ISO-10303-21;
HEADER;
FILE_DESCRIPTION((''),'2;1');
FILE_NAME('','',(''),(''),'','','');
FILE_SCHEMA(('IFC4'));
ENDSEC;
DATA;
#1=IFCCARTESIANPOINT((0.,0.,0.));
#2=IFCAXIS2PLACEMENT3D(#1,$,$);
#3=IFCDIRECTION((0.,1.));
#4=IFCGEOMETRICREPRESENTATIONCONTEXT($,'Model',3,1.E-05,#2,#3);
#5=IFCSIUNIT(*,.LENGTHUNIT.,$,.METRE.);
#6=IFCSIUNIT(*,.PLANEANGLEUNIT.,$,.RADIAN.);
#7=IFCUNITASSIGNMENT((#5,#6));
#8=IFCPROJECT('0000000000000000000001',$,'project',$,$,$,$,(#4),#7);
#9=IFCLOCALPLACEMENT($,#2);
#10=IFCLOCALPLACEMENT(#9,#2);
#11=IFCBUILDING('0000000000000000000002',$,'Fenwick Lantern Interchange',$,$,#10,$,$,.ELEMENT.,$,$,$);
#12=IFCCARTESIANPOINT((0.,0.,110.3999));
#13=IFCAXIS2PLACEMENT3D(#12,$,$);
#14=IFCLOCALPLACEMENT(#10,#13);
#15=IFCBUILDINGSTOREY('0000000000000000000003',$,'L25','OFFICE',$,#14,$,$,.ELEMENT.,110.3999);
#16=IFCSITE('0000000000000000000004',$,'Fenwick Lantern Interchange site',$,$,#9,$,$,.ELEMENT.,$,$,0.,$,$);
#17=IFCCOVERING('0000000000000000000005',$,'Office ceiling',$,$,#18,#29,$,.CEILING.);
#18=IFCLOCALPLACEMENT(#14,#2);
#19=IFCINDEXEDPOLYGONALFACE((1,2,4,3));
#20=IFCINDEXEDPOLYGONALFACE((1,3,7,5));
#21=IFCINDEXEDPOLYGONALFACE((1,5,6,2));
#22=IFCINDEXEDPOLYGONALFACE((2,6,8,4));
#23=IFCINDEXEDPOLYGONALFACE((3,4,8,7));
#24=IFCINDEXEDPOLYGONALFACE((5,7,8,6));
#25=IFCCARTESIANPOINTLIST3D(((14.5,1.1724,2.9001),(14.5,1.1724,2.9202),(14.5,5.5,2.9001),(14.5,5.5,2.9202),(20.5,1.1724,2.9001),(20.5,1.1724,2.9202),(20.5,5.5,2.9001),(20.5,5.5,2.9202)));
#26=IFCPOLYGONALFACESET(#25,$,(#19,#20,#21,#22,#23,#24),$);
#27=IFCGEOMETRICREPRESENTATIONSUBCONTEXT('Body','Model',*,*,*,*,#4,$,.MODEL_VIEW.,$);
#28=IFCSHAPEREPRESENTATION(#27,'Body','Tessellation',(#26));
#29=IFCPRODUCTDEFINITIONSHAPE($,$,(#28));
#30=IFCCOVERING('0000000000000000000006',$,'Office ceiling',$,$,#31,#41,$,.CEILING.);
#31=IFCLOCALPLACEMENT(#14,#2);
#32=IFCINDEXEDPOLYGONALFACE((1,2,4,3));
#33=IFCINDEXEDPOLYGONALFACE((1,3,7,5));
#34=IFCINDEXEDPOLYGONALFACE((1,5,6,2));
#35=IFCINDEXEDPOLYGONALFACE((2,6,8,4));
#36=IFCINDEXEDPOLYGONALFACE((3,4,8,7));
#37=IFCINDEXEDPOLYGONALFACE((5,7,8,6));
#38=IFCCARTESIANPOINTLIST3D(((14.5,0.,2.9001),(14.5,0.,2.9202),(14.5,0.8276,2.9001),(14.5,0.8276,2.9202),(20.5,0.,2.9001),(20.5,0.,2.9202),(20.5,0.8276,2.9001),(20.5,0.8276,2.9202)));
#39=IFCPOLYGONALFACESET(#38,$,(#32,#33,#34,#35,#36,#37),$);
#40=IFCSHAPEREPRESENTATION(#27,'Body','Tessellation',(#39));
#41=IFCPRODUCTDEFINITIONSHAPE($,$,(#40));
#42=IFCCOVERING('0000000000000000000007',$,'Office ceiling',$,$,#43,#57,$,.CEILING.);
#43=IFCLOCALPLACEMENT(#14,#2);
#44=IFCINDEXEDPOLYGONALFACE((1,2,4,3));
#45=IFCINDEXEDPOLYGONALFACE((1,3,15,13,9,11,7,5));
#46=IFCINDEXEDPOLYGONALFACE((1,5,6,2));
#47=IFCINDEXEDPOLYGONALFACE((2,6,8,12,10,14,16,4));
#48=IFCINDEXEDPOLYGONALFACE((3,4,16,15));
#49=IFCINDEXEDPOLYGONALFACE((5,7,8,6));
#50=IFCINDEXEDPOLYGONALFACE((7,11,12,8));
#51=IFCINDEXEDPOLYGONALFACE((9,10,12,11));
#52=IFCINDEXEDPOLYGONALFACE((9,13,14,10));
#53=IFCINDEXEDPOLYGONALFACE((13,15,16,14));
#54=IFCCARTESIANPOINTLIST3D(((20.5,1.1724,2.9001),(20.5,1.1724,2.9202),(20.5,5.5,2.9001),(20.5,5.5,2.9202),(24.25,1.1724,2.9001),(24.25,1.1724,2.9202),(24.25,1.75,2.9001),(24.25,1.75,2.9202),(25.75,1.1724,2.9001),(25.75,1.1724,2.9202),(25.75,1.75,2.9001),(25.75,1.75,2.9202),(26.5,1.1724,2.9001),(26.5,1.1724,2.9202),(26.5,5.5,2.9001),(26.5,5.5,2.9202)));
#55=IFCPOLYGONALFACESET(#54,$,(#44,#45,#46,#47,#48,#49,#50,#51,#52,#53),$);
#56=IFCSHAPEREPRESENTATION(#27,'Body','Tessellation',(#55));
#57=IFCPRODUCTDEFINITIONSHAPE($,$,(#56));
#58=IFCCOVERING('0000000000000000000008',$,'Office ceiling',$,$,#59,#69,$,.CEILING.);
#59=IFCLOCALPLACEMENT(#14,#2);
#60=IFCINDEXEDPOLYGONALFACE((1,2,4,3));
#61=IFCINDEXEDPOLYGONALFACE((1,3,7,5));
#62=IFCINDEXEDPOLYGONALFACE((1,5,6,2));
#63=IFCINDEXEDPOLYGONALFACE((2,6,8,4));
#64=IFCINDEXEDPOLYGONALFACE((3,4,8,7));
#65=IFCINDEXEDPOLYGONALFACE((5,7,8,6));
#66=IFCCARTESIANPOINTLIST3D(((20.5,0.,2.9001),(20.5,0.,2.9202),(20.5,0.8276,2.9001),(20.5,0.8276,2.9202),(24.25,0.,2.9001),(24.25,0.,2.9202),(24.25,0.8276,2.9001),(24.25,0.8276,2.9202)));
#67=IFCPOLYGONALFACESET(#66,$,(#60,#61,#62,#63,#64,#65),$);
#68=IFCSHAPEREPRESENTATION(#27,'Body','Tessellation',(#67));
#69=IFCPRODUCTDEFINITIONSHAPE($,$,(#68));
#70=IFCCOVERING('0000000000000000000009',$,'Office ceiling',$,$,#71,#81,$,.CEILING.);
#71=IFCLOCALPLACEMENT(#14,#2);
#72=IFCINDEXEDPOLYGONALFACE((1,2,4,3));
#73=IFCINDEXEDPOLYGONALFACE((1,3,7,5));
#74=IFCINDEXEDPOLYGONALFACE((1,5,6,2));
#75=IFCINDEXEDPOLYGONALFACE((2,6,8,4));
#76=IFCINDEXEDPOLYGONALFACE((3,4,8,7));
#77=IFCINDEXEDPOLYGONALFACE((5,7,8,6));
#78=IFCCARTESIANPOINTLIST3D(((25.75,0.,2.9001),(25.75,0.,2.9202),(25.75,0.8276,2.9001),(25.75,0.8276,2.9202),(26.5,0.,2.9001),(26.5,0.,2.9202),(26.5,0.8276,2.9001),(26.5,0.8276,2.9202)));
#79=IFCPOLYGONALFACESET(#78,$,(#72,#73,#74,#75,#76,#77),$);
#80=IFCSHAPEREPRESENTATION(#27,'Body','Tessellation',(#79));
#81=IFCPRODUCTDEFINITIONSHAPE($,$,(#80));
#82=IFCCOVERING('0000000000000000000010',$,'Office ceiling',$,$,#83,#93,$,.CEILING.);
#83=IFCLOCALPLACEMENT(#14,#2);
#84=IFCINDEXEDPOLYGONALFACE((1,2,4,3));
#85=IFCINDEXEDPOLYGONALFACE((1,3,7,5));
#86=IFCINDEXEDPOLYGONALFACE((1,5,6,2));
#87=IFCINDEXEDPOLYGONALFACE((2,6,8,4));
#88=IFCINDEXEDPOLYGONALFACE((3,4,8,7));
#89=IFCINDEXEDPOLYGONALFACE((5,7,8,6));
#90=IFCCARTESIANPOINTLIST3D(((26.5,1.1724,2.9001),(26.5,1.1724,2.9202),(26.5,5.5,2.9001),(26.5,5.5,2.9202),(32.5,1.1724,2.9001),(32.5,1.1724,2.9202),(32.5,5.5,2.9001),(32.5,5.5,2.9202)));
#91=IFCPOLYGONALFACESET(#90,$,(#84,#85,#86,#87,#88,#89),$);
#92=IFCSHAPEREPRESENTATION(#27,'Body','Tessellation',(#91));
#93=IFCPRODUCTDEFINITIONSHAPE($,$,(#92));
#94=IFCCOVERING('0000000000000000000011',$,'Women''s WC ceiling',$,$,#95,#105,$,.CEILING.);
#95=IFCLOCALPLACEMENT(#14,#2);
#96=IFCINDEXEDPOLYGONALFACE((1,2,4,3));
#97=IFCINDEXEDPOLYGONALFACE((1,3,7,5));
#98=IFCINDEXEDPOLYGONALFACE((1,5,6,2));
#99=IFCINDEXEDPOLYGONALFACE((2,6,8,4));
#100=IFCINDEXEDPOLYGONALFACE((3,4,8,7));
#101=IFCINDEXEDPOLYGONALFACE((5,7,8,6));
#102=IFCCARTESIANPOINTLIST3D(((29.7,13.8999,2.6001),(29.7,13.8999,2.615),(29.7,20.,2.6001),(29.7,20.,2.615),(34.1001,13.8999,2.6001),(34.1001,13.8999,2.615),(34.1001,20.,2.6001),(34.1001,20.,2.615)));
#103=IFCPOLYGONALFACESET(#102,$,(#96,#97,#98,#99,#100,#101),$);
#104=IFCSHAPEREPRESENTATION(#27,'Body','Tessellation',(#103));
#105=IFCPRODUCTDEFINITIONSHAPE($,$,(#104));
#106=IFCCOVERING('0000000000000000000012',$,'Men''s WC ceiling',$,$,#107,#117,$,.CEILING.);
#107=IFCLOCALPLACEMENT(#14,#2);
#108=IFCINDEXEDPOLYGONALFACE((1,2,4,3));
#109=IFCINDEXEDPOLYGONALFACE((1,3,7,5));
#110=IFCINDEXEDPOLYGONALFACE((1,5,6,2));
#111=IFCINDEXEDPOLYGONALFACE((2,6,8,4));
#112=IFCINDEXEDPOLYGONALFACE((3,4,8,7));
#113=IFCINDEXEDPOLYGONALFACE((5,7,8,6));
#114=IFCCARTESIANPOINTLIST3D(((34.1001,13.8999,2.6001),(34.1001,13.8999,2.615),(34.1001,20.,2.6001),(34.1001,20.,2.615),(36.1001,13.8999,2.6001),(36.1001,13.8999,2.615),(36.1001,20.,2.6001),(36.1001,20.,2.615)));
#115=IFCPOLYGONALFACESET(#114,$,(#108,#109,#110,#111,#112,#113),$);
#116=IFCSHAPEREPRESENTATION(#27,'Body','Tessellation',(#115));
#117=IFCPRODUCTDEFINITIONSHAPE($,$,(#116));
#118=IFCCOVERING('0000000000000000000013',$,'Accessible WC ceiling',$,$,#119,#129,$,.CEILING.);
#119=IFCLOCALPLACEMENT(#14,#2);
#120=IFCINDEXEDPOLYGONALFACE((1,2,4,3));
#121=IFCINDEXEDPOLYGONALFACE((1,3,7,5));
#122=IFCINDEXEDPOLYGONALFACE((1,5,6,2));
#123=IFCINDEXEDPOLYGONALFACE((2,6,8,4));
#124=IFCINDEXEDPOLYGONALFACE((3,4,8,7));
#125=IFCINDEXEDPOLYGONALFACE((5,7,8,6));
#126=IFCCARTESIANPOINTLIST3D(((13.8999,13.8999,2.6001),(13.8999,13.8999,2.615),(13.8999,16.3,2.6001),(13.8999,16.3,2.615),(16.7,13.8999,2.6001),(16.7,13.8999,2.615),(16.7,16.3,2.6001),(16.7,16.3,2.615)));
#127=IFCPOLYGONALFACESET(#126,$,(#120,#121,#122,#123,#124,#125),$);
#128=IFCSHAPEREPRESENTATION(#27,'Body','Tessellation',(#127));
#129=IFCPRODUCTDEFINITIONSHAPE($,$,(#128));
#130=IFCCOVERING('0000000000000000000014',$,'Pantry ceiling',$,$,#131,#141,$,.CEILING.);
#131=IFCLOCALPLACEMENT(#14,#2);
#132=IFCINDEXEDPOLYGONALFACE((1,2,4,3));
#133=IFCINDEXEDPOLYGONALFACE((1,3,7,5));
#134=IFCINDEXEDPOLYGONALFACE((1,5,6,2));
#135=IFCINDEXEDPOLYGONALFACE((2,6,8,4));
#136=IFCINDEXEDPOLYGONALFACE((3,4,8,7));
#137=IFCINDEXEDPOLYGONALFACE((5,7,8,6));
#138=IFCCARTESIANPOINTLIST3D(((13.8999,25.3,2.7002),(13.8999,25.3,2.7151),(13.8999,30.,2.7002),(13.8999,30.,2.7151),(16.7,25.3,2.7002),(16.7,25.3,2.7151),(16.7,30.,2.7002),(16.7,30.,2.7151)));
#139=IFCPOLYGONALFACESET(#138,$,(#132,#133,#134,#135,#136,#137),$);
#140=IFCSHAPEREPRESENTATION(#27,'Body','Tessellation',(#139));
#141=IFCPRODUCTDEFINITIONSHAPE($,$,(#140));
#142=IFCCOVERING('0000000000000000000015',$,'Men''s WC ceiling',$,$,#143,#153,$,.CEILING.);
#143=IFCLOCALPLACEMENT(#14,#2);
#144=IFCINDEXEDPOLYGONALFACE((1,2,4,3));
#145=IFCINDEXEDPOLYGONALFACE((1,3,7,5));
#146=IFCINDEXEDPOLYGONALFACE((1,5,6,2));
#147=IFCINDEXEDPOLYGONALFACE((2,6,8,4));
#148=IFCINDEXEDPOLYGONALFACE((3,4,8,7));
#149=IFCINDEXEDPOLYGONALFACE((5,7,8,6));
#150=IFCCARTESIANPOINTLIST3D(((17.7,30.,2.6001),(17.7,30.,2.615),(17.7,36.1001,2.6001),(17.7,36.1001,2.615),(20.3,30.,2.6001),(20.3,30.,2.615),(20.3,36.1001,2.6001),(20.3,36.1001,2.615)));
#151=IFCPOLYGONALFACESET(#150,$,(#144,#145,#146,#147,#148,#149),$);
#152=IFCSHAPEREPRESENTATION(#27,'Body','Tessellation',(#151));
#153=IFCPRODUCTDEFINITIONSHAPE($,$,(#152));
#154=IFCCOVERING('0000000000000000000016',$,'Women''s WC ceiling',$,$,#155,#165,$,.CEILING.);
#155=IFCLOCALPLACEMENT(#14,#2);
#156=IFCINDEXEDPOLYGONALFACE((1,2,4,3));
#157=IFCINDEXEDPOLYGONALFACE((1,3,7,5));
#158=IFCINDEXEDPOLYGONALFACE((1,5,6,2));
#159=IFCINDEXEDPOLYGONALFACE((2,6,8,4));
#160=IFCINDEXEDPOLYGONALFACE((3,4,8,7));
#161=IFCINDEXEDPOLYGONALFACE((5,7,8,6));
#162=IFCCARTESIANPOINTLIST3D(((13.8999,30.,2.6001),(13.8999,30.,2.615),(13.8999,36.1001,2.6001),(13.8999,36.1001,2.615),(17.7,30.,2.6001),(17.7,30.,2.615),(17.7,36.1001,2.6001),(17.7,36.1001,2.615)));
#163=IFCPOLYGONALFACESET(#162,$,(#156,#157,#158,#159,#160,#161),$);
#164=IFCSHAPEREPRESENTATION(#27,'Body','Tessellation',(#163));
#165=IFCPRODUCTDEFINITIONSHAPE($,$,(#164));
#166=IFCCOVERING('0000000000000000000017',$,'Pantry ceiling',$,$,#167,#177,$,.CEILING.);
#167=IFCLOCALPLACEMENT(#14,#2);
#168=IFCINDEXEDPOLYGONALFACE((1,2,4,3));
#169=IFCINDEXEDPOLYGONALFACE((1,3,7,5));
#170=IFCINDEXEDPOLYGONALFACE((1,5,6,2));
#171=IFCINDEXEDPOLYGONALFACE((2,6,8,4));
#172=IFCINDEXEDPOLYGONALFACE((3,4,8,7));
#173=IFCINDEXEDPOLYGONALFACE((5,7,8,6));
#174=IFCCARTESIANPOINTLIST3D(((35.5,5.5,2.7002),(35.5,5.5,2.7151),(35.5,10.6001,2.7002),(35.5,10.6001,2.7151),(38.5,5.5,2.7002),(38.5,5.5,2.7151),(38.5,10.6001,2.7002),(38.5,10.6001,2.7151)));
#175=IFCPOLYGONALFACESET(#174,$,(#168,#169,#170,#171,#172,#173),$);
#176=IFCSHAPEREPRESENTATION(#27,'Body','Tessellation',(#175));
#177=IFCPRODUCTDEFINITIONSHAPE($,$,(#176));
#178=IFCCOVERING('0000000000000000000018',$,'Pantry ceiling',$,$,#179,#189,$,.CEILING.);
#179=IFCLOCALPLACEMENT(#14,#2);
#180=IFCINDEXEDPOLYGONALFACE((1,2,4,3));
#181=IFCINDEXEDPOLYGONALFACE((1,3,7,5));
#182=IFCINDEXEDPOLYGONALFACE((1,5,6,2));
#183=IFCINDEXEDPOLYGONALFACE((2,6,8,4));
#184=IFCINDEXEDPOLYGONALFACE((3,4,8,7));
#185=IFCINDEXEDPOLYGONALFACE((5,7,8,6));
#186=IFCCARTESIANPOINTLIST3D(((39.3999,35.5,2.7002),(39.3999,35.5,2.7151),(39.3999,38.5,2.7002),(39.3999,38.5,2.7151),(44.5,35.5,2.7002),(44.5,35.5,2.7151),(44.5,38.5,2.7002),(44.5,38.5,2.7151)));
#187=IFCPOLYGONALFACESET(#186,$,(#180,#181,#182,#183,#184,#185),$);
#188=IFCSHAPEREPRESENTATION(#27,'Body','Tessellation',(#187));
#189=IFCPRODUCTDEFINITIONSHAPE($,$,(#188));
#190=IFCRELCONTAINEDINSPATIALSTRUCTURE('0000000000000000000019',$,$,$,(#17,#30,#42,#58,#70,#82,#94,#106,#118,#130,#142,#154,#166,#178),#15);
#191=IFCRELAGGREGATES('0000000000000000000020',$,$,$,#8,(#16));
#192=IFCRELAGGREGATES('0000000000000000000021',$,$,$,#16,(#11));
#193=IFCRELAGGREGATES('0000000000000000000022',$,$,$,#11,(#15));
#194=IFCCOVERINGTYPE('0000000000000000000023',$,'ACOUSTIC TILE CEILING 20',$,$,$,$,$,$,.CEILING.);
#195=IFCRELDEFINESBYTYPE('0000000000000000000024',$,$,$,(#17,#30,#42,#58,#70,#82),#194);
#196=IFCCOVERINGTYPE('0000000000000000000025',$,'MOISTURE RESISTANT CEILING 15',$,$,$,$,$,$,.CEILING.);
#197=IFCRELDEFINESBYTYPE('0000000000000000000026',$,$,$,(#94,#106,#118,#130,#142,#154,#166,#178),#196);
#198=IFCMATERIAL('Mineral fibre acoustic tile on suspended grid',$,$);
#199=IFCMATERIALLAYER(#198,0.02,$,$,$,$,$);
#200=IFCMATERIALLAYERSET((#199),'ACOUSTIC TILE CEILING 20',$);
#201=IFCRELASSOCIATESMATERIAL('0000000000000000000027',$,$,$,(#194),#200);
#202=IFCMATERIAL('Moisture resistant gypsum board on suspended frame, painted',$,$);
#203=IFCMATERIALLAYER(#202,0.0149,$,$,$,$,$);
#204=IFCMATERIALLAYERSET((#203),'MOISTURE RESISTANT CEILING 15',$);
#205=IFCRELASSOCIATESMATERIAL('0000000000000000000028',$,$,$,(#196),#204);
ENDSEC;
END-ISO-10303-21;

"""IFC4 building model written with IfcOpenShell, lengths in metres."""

from ifc_helpers import new_model, si_unit, direction, frame, origin, place, context, subcontext, project, spatial, polyline, outline, extrude, material, layer, layer_set, type_object, element, save


model = new_model("IFC4")

# Units and contexts
model_context = context("Model", 3, precision=1e-05, world=origin(), true_north=direction((0.0, 1.0)))
body_context = subcontext(model_context, "Body", "Model", "MODEL_VIEW")
ifc_project = project(units=[si_unit("LENGTHUNIT", "METRE"), si_unit("PLANEANGLEUNIT", "RADIAN")], contexts=[model_context])

# Site, building, storey
site_placement = place(None, origin())
site = spatial("IfcSite", under=ifc_project, at=site_placement, Name="Fenwick Lantern Interchange site", CompositionType="ELEMENT", RefElevation=0.0)
building_placement = place(site_placement, origin())
building = spatial("IfcBuilding", under=site, at=building_placement, Name="Fenwick Lantern Interchange", CompositionType="ELEMENT")
storey_placement = place(building_placement, frame((0.0, 0.0, 110.3999)))
storey = spatial("IfcBuildingStorey", under=building, at=storey_placement, Name="L25", Description="OFFICE", CompositionType="ELEMENT", Elevation=110.3999)

# Coverings
ifc_material_1 = material(Name="Mineral fibre acoustic tile on suspended grid")
ifc_layer_1 = layer(ifc_material_1, 0.02)
ifc_layer_set_1 = layer_set([ifc_layer_1], Name="ACOUSTIC TILE CEILING 20")
covering_type_1 = type_object("IfcCoveringType", Name="ACOUSTIC TILE CEILING 20", PredefinedType="CEILING", material=ifc_layer_set_1)
covering_1_placement = place(storey_placement, frame((0.0, 0.0, 2.9001)))
element("IfcCovering", 1, at=covering_1_placement, inside=storey, type_object=covering_type_1, Name="Office ceiling", PredefinedType="CEILING", context=body_context, shape_type="SweptSolid", body=[
    extrude(outline(polyline([(14.5, 5.5), (14.5, 1.1724), (20.5, 1.1724), (20.5, 5.5), (14.5, 5.5)])), origin(), (0.0, 0.0, 1.0), 0.02),
])
covering_2_placement = place(storey_placement, frame((0.0, 0.0, 2.9001)))
element("IfcCovering", 2, at=covering_2_placement, inside=storey, type_object=covering_type_1, Name="Office ceiling", PredefinedType="CEILING", context=body_context, shape_type="SweptSolid", body=[
    extrude(outline(polyline([(20.5, 0.0), (20.5, 0.8276), (14.5, 0.8276), (14.5, 0.0), (20.5, 0.0)])), origin(), (0.0, 0.0, 1.0), 0.02),
])
covering_3_placement = place(storey_placement, frame((0.0, 0.0, 2.9001)))
element("IfcCovering", 3, at=covering_3_placement, inside=storey, type_object=covering_type_1, Name="Office ceiling", PredefinedType="CEILING", context=body_context, shape_type="SweptSolid", body=[
    extrude(outline(polyline([(20.5, 5.5), (20.5, 1.1724), (24.25, 1.1724), (24.25, 1.75), (25.75, 1.75), (25.75, 1.1724), (26.5, 1.1724), (26.5, 5.5), (20.5, 5.5)])), origin(), (0.0, 0.0, 1.0), 0.02),
])
covering_4_placement = place(storey_placement, frame((0.0, 0.0, 2.9001)))
element("IfcCovering", 4, at=covering_4_placement, inside=storey, type_object=covering_type_1, Name="Office ceiling", PredefinedType="CEILING", context=body_context, shape_type="SweptSolid", body=[
    extrude(outline(polyline([(20.5, 0.8276), (20.5, 0.0), (24.25, 0.0), (24.25, 0.8276), (20.5, 0.8276)])), origin(), (0.0, 0.0, 1.0), 0.02),
])
covering_5_placement = place(storey_placement, frame((0.0, 0.0, 2.9001)))
element("IfcCovering", 5, at=covering_5_placement, inside=storey, type_object=covering_type_1, Name="Office ceiling", PredefinedType="CEILING", context=body_context, shape_type="SweptSolid", body=[
    extrude(outline(polyline([(26.5, 0.0), (26.5, 0.8276), (25.75, 0.8276), (25.75, 0.0), (26.5, 0.0)])), origin(), (0.0, 0.0, 1.0), 0.02),
])
covering_6_placement = place(storey_placement, frame((0.0, 0.0, 2.9001)))
element("IfcCovering", 6, at=covering_6_placement, inside=storey, type_object=covering_type_1, Name="Office ceiling", PredefinedType="CEILING", context=body_context, shape_type="SweptSolid", body=[
    extrude(outline(polyline([(26.5, 5.5), (26.5, 1.1724), (32.5, 1.1724), (32.5, 5.5), (26.5, 5.5)])), origin(), (0.0, 0.0, 1.0), 0.02),
])
ifc_material_2 = material(Name="Moisture resistant gypsum board on suspended frame, painted")
ifc_layer_2 = layer(ifc_material_2, 0.0149)
ifc_layer_set_2 = layer_set([ifc_layer_2], Name="MOISTURE RESISTANT CEILING 15")
covering_type_2 = type_object("IfcCoveringType", Name="MOISTURE RESISTANT CEILING 15", PredefinedType="CEILING", material=ifc_layer_set_2)
covering_7_placement = place(storey_placement, frame((0.0, 0.0, 2.6001)))
element("IfcCovering", 7, at=covering_7_placement, inside=storey, type_object=covering_type_2, Name="Women's WC ceiling", PredefinedType="CEILING", context=body_context, shape_type="SweptSolid", body=[
    extrude(outline(polyline([(29.7, 13.8999), (34.1001, 13.8999), (34.1001, 20.0), (29.7, 20.0), (29.7, 13.8999)])), origin(), (0.0, 0.0, 1.0), 0.0149),
])
covering_8_placement = place(storey_placement, frame((0.0, 0.0, 2.6001)))
element("IfcCovering", 8, at=covering_8_placement, inside=storey, type_object=covering_type_2, Name="Men's WC ceiling", PredefinedType="CEILING", context=body_context, shape_type="SweptSolid", body=[
    extrude(outline(polyline([(34.1001, 13.8999), (36.1001, 13.8999), (36.1001, 20.0), (34.1001, 20.0), (34.1001, 13.8999)])), origin(), (0.0, 0.0, 1.0), 0.0149),
])
covering_9_placement = place(storey_placement, frame((0.0, 0.0, 2.6001)))
element("IfcCovering", 9, at=covering_9_placement, inside=storey, type_object=covering_type_2, Name="Accessible WC ceiling", PredefinedType="CEILING", context=body_context, shape_type="SweptSolid", body=[
    extrude(outline(polyline([(13.8999, 13.8999), (16.7, 13.8999), (16.7, 16.3), (13.8999, 16.3), (13.8999, 13.8999)])), origin(), (0.0, 0.0, 1.0), 0.0149),
])
covering_10_placement = place(storey_placement, frame((0.0, 0.0, 2.7002)))
element("IfcCovering", 10, at=covering_10_placement, inside=storey, type_object=covering_type_2, Name="Pantry ceiling", PredefinedType="CEILING", context=body_context, shape_type="SweptSolid", body=[
    extrude(outline(polyline([(13.8999, 25.3), (16.7, 25.3), (16.7, 30.0), (13.8999, 30.0), (13.8999, 25.3)])), origin(), (0.0, 0.0, 1.0), 0.0149),
])
covering_11_placement = place(storey_placement, frame((0.0, 0.0, 2.6001)))
element("IfcCovering", 11, at=covering_11_placement, inside=storey, type_object=covering_type_2, Name="Men's WC ceiling", PredefinedType="CEILING", context=body_context, shape_type="SweptSolid", body=[
    extrude(outline(polyline([(20.3, 36.1001), (17.7, 36.1001), (17.7, 30.0), (20.3, 30.0), (20.3, 36.1001)])), origin(), (0.0, 0.0, 1.0), 0.0149),
])
covering_12_placement = place(storey_placement, frame((0.0, 0.0, 2.6001)))
element("IfcCovering", 12, at=covering_12_placement, inside=storey, type_object=covering_type_2, Name="Women's WC ceiling", PredefinedType="CEILING", context=body_context, shape_type="SweptSolid", body=[
    extrude(outline(polyline([(17.7, 36.1001), (13.8999, 36.1001), (13.8999, 30.0), (17.7, 30.0), (17.7, 36.1001)])), origin(), (0.0, 0.0, 1.0), 0.0149),
])
covering_13_placement = place(storey_placement, frame((0.0, 0.0, 2.7002)))
element("IfcCovering", 13, at=covering_13_placement, inside=storey, type_object=covering_type_2, Name="Pantry ceiling", PredefinedType="CEILING", context=body_context, shape_type="SweptSolid", body=[
    extrude(outline(polyline([(35.5, 5.5), (38.5, 5.5), (38.5, 10.6001), (35.5, 10.6001), (35.5, 5.5)])), origin(), (0.0, 0.0, 1.0), 0.0149),
])
covering_14_placement = place(storey_placement, frame((0.0, 0.0, 2.7002)))
element("IfcCovering", 14, at=covering_14_placement, inside=storey, type_object=covering_type_2, Name="Pantry ceiling", PredefinedType="CEILING", context=body_context, shape_type="SweptSolid", body=[
    extrude(outline(polyline([(44.5, 35.5), (44.5, 38.5), (39.3999, 38.5), (39.3999, 35.5), (44.5, 35.5)])), origin(), (0.0, 0.0, 1.0), 0.0149),
])

save(model, "model.ifc")
